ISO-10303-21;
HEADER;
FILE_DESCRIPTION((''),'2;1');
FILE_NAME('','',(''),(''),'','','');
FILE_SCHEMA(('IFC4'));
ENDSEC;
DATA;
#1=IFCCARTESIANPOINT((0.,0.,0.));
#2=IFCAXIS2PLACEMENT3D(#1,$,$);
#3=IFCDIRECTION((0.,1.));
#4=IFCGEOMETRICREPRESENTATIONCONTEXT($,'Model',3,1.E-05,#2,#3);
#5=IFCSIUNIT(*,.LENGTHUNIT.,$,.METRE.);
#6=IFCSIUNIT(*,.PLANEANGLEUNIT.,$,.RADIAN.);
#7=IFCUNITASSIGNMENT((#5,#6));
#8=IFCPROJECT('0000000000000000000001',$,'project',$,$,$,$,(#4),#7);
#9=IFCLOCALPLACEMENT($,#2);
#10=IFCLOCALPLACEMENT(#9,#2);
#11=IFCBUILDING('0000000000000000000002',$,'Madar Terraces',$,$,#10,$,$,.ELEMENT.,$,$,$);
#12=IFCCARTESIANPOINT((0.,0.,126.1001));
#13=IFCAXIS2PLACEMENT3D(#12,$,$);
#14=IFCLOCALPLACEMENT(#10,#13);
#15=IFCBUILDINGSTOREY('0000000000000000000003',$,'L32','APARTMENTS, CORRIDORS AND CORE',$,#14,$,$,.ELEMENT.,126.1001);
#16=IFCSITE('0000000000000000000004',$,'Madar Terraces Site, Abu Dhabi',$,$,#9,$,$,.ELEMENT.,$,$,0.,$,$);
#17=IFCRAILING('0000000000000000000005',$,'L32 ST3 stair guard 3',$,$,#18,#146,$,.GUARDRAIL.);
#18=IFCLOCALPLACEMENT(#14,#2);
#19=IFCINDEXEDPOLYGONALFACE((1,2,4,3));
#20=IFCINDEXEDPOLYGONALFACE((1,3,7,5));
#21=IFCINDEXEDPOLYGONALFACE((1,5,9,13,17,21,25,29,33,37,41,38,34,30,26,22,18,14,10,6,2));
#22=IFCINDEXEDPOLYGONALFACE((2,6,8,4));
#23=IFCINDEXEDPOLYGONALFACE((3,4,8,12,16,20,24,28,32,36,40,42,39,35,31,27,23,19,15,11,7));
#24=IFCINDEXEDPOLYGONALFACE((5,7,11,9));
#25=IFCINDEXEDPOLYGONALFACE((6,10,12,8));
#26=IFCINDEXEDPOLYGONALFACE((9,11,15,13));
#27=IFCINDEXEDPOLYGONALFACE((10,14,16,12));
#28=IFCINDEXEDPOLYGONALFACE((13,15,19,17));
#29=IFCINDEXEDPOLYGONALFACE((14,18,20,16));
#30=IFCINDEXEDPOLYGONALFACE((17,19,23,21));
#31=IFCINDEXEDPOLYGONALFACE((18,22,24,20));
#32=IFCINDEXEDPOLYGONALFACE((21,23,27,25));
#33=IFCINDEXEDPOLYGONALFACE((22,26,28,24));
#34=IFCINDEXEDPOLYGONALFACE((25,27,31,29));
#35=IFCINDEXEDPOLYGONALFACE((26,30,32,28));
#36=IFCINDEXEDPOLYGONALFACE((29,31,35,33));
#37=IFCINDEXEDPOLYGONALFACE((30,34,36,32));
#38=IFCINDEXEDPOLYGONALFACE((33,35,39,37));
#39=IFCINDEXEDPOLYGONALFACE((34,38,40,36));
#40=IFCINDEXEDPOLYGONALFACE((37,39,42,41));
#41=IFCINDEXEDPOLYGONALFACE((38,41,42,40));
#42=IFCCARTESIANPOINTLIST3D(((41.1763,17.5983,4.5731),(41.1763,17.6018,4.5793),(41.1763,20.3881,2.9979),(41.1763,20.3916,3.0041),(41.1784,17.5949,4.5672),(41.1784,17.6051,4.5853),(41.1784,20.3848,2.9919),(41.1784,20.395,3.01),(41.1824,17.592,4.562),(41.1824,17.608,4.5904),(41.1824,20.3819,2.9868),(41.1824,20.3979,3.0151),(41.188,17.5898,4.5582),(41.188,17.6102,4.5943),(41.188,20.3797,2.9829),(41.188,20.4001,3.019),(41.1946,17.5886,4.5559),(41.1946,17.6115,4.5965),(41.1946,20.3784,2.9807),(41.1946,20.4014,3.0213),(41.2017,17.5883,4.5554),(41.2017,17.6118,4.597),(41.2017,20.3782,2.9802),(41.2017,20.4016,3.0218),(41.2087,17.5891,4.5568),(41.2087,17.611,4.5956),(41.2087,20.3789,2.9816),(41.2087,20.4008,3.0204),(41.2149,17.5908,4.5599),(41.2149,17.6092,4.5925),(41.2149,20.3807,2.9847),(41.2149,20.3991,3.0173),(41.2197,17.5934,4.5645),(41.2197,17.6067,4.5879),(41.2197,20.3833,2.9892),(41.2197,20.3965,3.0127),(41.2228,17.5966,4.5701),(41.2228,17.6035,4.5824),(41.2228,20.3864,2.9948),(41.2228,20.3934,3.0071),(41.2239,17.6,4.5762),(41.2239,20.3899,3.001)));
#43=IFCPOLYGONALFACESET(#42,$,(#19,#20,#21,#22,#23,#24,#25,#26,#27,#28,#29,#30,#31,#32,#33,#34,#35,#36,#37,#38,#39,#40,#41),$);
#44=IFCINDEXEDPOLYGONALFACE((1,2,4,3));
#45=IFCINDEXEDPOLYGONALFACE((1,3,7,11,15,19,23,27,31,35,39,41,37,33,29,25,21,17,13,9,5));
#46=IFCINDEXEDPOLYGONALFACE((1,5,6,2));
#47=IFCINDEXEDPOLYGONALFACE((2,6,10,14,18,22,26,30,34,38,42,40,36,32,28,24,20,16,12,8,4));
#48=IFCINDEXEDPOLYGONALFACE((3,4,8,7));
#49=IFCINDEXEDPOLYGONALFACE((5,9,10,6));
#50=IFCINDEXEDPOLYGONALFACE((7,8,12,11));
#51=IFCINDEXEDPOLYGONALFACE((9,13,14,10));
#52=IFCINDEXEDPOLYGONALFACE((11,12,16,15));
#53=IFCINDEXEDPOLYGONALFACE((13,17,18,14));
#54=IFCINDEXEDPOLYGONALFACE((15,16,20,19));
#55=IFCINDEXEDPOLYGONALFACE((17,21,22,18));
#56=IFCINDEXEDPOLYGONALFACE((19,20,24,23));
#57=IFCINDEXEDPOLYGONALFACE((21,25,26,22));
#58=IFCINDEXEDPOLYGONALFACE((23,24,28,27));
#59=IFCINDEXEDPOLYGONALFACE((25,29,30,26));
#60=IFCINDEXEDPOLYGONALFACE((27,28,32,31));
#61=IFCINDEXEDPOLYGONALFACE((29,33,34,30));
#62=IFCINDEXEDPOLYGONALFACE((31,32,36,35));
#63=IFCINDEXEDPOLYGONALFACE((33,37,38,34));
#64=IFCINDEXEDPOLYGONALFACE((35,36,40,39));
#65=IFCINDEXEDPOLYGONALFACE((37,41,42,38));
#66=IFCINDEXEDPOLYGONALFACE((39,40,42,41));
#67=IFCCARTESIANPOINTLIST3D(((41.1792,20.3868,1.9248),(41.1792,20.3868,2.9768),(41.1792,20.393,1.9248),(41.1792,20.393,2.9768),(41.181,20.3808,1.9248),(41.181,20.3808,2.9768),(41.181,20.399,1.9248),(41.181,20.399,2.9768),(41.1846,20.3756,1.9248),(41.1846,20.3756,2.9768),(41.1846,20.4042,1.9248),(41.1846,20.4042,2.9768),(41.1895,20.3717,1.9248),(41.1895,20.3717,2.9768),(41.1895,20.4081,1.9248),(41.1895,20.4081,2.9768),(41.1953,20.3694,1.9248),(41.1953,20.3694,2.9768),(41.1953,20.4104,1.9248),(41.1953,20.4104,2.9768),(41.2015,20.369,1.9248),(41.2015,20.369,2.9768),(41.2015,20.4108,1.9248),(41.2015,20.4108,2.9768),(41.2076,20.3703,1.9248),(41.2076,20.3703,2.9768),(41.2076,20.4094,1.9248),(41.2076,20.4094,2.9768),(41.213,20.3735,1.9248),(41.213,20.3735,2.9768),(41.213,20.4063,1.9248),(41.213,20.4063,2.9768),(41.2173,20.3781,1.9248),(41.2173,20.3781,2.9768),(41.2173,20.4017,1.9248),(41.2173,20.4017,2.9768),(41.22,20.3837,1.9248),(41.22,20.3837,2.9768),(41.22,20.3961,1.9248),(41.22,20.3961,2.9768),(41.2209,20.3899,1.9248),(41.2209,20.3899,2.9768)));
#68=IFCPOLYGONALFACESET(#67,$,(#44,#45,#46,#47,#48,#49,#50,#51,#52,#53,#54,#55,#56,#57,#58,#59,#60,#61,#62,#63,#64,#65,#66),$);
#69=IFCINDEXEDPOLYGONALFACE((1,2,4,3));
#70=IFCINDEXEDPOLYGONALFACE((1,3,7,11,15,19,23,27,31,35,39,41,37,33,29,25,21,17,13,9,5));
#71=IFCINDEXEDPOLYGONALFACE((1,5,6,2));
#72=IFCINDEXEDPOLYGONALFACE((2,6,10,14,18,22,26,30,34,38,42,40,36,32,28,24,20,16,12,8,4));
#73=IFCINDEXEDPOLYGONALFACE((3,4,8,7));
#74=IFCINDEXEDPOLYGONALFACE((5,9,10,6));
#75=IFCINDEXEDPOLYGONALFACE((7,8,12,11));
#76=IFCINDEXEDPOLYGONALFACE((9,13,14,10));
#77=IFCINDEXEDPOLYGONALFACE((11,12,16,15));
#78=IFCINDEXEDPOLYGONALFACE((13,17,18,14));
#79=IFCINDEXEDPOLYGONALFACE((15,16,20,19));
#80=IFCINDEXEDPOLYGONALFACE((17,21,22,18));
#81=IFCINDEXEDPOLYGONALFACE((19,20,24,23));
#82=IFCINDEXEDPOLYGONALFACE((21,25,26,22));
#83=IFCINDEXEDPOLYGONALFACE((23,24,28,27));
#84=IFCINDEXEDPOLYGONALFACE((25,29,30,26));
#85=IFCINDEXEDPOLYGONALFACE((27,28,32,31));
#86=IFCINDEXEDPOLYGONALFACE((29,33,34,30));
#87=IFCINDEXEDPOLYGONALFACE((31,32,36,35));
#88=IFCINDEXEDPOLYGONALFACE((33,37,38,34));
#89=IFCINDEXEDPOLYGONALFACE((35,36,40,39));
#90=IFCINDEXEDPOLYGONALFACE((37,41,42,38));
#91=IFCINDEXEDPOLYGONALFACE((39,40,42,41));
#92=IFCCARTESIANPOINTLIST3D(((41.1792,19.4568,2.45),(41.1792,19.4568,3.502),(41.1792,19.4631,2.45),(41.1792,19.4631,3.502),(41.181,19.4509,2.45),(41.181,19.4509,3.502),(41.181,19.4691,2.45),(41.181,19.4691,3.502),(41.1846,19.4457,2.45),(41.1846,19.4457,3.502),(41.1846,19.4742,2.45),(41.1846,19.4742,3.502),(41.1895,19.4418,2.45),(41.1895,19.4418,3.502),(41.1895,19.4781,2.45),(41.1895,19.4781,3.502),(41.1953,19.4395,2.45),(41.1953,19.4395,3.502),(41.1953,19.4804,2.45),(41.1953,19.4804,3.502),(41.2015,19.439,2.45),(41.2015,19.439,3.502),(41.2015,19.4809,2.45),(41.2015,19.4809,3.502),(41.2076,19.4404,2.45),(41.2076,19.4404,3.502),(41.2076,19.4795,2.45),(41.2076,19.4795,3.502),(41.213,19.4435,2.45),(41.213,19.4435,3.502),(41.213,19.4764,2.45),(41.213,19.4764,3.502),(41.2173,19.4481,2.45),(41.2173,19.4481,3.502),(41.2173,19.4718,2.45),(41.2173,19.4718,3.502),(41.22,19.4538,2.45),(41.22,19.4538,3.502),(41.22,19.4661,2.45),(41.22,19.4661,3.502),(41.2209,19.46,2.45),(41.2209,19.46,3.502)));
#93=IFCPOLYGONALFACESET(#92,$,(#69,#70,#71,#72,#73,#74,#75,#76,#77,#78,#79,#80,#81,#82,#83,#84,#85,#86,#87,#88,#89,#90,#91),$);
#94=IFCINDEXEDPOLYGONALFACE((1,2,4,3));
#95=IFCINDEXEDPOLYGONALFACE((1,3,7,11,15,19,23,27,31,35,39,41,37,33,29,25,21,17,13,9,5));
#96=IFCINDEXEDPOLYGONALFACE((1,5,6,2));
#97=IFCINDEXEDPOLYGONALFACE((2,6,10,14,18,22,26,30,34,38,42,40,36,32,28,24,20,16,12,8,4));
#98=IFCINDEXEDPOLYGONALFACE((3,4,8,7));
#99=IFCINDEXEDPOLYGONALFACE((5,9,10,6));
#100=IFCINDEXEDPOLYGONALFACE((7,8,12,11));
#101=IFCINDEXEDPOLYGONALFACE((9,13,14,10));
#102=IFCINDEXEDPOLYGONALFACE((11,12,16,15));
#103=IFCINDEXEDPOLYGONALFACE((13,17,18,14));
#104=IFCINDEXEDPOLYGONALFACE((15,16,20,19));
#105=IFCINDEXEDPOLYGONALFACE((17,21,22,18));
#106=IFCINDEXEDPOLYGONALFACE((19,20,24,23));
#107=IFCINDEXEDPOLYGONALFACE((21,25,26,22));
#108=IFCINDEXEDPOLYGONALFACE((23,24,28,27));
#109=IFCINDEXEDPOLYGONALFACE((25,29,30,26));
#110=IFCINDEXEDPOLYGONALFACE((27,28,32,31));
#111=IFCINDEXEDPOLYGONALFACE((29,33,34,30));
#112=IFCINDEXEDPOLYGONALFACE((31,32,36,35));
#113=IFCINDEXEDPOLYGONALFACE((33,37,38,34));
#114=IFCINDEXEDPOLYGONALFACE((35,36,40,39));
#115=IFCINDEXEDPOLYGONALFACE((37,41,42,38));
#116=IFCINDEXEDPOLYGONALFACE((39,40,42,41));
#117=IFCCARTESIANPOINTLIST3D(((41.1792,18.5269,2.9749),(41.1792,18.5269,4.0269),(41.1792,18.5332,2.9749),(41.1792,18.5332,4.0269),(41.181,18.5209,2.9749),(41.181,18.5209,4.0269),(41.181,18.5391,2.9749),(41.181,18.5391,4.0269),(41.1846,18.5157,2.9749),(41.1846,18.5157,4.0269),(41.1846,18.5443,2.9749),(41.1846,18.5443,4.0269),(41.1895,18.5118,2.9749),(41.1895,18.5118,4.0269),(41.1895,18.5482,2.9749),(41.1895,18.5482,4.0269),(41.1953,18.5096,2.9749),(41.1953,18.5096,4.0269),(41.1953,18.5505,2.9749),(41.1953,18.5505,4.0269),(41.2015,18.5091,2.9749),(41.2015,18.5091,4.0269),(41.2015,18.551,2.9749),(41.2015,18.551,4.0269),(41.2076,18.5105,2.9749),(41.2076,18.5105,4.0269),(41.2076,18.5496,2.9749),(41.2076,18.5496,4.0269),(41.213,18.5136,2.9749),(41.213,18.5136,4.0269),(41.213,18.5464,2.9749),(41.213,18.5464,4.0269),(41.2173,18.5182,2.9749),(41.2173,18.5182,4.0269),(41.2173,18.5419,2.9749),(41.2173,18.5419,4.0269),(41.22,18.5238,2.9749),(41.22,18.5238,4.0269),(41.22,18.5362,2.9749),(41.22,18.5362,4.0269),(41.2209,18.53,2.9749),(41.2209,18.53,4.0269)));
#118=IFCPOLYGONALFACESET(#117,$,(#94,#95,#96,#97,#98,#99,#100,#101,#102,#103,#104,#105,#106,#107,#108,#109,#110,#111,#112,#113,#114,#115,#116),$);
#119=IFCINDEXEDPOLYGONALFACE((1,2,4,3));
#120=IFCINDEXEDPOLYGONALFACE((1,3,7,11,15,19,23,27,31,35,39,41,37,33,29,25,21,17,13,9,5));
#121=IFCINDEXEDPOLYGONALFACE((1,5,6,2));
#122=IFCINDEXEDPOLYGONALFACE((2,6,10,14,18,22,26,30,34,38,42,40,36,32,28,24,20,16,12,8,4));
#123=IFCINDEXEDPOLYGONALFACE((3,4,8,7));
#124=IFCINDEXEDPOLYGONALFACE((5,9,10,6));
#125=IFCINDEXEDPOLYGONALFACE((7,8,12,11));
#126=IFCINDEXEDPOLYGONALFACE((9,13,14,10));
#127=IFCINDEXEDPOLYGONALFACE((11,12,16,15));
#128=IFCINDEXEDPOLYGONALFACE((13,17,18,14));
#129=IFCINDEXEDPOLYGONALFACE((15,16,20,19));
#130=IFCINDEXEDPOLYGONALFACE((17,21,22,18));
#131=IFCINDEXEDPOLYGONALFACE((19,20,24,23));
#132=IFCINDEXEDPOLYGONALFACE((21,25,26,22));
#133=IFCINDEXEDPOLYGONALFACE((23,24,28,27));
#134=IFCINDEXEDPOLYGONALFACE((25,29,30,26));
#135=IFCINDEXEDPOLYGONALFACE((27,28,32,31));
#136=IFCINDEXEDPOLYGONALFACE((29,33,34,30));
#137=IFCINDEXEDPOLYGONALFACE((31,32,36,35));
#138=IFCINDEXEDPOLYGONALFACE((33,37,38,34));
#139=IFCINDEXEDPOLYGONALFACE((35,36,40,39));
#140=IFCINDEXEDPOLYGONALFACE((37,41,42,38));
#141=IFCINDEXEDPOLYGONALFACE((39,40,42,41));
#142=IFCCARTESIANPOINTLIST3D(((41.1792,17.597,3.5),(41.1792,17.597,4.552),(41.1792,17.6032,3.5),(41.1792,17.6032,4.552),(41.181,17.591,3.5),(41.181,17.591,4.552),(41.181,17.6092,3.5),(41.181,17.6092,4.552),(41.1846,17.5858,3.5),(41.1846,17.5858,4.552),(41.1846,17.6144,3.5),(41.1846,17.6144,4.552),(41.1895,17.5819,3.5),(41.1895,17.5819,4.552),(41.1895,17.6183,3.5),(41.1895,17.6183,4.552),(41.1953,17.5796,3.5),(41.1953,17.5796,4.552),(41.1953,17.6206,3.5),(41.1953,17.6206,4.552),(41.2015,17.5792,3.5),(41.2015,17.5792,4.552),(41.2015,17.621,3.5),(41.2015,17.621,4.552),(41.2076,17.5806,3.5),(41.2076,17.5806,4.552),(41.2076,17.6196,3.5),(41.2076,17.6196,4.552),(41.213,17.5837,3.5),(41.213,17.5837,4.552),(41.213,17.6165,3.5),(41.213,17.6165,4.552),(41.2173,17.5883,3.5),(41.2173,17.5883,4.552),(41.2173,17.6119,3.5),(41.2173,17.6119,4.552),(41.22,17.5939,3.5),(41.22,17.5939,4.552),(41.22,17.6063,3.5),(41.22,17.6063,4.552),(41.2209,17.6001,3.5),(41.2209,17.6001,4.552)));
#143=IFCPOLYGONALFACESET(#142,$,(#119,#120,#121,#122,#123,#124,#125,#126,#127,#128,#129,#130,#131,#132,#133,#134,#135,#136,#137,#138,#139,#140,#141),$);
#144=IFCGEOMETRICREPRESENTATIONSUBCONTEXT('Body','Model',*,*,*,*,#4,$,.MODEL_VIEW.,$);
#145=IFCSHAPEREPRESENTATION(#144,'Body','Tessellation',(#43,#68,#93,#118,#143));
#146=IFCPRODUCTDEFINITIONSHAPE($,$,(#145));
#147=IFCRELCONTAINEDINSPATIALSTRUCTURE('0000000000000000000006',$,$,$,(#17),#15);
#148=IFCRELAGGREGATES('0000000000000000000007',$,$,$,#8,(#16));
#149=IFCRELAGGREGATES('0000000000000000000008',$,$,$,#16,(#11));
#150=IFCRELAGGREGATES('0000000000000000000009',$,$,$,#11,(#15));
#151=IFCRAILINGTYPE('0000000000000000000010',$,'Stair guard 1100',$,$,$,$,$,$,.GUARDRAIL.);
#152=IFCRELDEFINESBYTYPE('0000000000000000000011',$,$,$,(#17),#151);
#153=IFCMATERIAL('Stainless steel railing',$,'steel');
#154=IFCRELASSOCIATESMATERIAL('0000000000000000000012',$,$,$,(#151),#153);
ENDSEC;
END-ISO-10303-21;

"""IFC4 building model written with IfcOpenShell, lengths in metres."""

from ifc_helpers import new_model, si_unit, direction, frame, origin, origin_2d, place, context, subcontext, project, spatial, circle, extrude, material, type_object, element, save


model = new_model("IFC4")

# Units and contexts
model_context = context("Model", 3, precision=1e-05, world=origin(), true_north=direction((0.0, 1.0)))
body_context = subcontext(model_context, "Body", "Model", "MODEL_VIEW")
ifc_project = project(units=[si_unit("LENGTHUNIT", "METRE"), si_unit("PLANEANGLEUNIT", "RADIAN")], contexts=[model_context])

# Site, building, storey
site_placement = place(None, origin())
site = spatial("IfcSite", under=ifc_project, at=site_placement, Name="Madar Terraces Site, Abu Dhabi", CompositionType="ELEMENT", RefElevation=0.0)
building_placement = place(site_placement, origin())
building = spatial("IfcBuilding", under=site, at=building_placement, Name="Madar Terraces", CompositionType="ELEMENT")
storey_placement = place(building_placement, frame((0.0, 0.0, 126.1001)))
storey = spatial("IfcBuildingStorey", under=building, at=storey_placement, Name="L32", Description="APARTMENTS, CORRIDORS AND CORE", CompositionType="ELEMENT", Elevation=126.1001)

# Railing
ifc_material_1 = material(Name="Stainless steel railing", Category="steel")
railing_type_1 = type_object("IfcRailingType", Name="Stair guard 1100", PredefinedType="GUARDRAIL", material=ifc_material_1)
railing_1_placement = place(storey_placement, frame((41.2, 20.3899, 1.9248)))
element("IfcRailing", 1, at=railing_1_placement, inside=storey, type_object=railing_type_1, Name="L32 ST3 stair guard 3", PredefinedType="GUARDRAIL", context=body_context, shape_type="SweptSolid", body=[
    extrude(circle(Radius=0.0239, at=origin_2d()), frame((0.0, 0.0, 1.0762), z_axis=(0.0, -0.870783, 0.491668), x_axis=(1.0, 0.0, 0.0)), (0.0, 0.0, 1.0), 3.2039),
    extrude(circle(Radius=0.021, at=origin_2d()), origin(), (0.0, 0.0, 1.0), 1.052),
    extrude(circle(Radius=0.021, at=origin_2d()), frame((0.0, -0.9299, 0.5251)), (0.0, 0.0, 1.0), 1.052),
    extrude(circle(Radius=0.021, at=origin_2d()), frame((0.0, -1.8599, 1.05)), (0.0, 0.0, 1.0), 1.052),
    extrude(circle(Radius=0.021, at=origin_2d()), frame((0.0, -2.7898, 1.5752)), (0.0, 0.0, 1.0), 1.052),
])

save(model, "model.ifc")
